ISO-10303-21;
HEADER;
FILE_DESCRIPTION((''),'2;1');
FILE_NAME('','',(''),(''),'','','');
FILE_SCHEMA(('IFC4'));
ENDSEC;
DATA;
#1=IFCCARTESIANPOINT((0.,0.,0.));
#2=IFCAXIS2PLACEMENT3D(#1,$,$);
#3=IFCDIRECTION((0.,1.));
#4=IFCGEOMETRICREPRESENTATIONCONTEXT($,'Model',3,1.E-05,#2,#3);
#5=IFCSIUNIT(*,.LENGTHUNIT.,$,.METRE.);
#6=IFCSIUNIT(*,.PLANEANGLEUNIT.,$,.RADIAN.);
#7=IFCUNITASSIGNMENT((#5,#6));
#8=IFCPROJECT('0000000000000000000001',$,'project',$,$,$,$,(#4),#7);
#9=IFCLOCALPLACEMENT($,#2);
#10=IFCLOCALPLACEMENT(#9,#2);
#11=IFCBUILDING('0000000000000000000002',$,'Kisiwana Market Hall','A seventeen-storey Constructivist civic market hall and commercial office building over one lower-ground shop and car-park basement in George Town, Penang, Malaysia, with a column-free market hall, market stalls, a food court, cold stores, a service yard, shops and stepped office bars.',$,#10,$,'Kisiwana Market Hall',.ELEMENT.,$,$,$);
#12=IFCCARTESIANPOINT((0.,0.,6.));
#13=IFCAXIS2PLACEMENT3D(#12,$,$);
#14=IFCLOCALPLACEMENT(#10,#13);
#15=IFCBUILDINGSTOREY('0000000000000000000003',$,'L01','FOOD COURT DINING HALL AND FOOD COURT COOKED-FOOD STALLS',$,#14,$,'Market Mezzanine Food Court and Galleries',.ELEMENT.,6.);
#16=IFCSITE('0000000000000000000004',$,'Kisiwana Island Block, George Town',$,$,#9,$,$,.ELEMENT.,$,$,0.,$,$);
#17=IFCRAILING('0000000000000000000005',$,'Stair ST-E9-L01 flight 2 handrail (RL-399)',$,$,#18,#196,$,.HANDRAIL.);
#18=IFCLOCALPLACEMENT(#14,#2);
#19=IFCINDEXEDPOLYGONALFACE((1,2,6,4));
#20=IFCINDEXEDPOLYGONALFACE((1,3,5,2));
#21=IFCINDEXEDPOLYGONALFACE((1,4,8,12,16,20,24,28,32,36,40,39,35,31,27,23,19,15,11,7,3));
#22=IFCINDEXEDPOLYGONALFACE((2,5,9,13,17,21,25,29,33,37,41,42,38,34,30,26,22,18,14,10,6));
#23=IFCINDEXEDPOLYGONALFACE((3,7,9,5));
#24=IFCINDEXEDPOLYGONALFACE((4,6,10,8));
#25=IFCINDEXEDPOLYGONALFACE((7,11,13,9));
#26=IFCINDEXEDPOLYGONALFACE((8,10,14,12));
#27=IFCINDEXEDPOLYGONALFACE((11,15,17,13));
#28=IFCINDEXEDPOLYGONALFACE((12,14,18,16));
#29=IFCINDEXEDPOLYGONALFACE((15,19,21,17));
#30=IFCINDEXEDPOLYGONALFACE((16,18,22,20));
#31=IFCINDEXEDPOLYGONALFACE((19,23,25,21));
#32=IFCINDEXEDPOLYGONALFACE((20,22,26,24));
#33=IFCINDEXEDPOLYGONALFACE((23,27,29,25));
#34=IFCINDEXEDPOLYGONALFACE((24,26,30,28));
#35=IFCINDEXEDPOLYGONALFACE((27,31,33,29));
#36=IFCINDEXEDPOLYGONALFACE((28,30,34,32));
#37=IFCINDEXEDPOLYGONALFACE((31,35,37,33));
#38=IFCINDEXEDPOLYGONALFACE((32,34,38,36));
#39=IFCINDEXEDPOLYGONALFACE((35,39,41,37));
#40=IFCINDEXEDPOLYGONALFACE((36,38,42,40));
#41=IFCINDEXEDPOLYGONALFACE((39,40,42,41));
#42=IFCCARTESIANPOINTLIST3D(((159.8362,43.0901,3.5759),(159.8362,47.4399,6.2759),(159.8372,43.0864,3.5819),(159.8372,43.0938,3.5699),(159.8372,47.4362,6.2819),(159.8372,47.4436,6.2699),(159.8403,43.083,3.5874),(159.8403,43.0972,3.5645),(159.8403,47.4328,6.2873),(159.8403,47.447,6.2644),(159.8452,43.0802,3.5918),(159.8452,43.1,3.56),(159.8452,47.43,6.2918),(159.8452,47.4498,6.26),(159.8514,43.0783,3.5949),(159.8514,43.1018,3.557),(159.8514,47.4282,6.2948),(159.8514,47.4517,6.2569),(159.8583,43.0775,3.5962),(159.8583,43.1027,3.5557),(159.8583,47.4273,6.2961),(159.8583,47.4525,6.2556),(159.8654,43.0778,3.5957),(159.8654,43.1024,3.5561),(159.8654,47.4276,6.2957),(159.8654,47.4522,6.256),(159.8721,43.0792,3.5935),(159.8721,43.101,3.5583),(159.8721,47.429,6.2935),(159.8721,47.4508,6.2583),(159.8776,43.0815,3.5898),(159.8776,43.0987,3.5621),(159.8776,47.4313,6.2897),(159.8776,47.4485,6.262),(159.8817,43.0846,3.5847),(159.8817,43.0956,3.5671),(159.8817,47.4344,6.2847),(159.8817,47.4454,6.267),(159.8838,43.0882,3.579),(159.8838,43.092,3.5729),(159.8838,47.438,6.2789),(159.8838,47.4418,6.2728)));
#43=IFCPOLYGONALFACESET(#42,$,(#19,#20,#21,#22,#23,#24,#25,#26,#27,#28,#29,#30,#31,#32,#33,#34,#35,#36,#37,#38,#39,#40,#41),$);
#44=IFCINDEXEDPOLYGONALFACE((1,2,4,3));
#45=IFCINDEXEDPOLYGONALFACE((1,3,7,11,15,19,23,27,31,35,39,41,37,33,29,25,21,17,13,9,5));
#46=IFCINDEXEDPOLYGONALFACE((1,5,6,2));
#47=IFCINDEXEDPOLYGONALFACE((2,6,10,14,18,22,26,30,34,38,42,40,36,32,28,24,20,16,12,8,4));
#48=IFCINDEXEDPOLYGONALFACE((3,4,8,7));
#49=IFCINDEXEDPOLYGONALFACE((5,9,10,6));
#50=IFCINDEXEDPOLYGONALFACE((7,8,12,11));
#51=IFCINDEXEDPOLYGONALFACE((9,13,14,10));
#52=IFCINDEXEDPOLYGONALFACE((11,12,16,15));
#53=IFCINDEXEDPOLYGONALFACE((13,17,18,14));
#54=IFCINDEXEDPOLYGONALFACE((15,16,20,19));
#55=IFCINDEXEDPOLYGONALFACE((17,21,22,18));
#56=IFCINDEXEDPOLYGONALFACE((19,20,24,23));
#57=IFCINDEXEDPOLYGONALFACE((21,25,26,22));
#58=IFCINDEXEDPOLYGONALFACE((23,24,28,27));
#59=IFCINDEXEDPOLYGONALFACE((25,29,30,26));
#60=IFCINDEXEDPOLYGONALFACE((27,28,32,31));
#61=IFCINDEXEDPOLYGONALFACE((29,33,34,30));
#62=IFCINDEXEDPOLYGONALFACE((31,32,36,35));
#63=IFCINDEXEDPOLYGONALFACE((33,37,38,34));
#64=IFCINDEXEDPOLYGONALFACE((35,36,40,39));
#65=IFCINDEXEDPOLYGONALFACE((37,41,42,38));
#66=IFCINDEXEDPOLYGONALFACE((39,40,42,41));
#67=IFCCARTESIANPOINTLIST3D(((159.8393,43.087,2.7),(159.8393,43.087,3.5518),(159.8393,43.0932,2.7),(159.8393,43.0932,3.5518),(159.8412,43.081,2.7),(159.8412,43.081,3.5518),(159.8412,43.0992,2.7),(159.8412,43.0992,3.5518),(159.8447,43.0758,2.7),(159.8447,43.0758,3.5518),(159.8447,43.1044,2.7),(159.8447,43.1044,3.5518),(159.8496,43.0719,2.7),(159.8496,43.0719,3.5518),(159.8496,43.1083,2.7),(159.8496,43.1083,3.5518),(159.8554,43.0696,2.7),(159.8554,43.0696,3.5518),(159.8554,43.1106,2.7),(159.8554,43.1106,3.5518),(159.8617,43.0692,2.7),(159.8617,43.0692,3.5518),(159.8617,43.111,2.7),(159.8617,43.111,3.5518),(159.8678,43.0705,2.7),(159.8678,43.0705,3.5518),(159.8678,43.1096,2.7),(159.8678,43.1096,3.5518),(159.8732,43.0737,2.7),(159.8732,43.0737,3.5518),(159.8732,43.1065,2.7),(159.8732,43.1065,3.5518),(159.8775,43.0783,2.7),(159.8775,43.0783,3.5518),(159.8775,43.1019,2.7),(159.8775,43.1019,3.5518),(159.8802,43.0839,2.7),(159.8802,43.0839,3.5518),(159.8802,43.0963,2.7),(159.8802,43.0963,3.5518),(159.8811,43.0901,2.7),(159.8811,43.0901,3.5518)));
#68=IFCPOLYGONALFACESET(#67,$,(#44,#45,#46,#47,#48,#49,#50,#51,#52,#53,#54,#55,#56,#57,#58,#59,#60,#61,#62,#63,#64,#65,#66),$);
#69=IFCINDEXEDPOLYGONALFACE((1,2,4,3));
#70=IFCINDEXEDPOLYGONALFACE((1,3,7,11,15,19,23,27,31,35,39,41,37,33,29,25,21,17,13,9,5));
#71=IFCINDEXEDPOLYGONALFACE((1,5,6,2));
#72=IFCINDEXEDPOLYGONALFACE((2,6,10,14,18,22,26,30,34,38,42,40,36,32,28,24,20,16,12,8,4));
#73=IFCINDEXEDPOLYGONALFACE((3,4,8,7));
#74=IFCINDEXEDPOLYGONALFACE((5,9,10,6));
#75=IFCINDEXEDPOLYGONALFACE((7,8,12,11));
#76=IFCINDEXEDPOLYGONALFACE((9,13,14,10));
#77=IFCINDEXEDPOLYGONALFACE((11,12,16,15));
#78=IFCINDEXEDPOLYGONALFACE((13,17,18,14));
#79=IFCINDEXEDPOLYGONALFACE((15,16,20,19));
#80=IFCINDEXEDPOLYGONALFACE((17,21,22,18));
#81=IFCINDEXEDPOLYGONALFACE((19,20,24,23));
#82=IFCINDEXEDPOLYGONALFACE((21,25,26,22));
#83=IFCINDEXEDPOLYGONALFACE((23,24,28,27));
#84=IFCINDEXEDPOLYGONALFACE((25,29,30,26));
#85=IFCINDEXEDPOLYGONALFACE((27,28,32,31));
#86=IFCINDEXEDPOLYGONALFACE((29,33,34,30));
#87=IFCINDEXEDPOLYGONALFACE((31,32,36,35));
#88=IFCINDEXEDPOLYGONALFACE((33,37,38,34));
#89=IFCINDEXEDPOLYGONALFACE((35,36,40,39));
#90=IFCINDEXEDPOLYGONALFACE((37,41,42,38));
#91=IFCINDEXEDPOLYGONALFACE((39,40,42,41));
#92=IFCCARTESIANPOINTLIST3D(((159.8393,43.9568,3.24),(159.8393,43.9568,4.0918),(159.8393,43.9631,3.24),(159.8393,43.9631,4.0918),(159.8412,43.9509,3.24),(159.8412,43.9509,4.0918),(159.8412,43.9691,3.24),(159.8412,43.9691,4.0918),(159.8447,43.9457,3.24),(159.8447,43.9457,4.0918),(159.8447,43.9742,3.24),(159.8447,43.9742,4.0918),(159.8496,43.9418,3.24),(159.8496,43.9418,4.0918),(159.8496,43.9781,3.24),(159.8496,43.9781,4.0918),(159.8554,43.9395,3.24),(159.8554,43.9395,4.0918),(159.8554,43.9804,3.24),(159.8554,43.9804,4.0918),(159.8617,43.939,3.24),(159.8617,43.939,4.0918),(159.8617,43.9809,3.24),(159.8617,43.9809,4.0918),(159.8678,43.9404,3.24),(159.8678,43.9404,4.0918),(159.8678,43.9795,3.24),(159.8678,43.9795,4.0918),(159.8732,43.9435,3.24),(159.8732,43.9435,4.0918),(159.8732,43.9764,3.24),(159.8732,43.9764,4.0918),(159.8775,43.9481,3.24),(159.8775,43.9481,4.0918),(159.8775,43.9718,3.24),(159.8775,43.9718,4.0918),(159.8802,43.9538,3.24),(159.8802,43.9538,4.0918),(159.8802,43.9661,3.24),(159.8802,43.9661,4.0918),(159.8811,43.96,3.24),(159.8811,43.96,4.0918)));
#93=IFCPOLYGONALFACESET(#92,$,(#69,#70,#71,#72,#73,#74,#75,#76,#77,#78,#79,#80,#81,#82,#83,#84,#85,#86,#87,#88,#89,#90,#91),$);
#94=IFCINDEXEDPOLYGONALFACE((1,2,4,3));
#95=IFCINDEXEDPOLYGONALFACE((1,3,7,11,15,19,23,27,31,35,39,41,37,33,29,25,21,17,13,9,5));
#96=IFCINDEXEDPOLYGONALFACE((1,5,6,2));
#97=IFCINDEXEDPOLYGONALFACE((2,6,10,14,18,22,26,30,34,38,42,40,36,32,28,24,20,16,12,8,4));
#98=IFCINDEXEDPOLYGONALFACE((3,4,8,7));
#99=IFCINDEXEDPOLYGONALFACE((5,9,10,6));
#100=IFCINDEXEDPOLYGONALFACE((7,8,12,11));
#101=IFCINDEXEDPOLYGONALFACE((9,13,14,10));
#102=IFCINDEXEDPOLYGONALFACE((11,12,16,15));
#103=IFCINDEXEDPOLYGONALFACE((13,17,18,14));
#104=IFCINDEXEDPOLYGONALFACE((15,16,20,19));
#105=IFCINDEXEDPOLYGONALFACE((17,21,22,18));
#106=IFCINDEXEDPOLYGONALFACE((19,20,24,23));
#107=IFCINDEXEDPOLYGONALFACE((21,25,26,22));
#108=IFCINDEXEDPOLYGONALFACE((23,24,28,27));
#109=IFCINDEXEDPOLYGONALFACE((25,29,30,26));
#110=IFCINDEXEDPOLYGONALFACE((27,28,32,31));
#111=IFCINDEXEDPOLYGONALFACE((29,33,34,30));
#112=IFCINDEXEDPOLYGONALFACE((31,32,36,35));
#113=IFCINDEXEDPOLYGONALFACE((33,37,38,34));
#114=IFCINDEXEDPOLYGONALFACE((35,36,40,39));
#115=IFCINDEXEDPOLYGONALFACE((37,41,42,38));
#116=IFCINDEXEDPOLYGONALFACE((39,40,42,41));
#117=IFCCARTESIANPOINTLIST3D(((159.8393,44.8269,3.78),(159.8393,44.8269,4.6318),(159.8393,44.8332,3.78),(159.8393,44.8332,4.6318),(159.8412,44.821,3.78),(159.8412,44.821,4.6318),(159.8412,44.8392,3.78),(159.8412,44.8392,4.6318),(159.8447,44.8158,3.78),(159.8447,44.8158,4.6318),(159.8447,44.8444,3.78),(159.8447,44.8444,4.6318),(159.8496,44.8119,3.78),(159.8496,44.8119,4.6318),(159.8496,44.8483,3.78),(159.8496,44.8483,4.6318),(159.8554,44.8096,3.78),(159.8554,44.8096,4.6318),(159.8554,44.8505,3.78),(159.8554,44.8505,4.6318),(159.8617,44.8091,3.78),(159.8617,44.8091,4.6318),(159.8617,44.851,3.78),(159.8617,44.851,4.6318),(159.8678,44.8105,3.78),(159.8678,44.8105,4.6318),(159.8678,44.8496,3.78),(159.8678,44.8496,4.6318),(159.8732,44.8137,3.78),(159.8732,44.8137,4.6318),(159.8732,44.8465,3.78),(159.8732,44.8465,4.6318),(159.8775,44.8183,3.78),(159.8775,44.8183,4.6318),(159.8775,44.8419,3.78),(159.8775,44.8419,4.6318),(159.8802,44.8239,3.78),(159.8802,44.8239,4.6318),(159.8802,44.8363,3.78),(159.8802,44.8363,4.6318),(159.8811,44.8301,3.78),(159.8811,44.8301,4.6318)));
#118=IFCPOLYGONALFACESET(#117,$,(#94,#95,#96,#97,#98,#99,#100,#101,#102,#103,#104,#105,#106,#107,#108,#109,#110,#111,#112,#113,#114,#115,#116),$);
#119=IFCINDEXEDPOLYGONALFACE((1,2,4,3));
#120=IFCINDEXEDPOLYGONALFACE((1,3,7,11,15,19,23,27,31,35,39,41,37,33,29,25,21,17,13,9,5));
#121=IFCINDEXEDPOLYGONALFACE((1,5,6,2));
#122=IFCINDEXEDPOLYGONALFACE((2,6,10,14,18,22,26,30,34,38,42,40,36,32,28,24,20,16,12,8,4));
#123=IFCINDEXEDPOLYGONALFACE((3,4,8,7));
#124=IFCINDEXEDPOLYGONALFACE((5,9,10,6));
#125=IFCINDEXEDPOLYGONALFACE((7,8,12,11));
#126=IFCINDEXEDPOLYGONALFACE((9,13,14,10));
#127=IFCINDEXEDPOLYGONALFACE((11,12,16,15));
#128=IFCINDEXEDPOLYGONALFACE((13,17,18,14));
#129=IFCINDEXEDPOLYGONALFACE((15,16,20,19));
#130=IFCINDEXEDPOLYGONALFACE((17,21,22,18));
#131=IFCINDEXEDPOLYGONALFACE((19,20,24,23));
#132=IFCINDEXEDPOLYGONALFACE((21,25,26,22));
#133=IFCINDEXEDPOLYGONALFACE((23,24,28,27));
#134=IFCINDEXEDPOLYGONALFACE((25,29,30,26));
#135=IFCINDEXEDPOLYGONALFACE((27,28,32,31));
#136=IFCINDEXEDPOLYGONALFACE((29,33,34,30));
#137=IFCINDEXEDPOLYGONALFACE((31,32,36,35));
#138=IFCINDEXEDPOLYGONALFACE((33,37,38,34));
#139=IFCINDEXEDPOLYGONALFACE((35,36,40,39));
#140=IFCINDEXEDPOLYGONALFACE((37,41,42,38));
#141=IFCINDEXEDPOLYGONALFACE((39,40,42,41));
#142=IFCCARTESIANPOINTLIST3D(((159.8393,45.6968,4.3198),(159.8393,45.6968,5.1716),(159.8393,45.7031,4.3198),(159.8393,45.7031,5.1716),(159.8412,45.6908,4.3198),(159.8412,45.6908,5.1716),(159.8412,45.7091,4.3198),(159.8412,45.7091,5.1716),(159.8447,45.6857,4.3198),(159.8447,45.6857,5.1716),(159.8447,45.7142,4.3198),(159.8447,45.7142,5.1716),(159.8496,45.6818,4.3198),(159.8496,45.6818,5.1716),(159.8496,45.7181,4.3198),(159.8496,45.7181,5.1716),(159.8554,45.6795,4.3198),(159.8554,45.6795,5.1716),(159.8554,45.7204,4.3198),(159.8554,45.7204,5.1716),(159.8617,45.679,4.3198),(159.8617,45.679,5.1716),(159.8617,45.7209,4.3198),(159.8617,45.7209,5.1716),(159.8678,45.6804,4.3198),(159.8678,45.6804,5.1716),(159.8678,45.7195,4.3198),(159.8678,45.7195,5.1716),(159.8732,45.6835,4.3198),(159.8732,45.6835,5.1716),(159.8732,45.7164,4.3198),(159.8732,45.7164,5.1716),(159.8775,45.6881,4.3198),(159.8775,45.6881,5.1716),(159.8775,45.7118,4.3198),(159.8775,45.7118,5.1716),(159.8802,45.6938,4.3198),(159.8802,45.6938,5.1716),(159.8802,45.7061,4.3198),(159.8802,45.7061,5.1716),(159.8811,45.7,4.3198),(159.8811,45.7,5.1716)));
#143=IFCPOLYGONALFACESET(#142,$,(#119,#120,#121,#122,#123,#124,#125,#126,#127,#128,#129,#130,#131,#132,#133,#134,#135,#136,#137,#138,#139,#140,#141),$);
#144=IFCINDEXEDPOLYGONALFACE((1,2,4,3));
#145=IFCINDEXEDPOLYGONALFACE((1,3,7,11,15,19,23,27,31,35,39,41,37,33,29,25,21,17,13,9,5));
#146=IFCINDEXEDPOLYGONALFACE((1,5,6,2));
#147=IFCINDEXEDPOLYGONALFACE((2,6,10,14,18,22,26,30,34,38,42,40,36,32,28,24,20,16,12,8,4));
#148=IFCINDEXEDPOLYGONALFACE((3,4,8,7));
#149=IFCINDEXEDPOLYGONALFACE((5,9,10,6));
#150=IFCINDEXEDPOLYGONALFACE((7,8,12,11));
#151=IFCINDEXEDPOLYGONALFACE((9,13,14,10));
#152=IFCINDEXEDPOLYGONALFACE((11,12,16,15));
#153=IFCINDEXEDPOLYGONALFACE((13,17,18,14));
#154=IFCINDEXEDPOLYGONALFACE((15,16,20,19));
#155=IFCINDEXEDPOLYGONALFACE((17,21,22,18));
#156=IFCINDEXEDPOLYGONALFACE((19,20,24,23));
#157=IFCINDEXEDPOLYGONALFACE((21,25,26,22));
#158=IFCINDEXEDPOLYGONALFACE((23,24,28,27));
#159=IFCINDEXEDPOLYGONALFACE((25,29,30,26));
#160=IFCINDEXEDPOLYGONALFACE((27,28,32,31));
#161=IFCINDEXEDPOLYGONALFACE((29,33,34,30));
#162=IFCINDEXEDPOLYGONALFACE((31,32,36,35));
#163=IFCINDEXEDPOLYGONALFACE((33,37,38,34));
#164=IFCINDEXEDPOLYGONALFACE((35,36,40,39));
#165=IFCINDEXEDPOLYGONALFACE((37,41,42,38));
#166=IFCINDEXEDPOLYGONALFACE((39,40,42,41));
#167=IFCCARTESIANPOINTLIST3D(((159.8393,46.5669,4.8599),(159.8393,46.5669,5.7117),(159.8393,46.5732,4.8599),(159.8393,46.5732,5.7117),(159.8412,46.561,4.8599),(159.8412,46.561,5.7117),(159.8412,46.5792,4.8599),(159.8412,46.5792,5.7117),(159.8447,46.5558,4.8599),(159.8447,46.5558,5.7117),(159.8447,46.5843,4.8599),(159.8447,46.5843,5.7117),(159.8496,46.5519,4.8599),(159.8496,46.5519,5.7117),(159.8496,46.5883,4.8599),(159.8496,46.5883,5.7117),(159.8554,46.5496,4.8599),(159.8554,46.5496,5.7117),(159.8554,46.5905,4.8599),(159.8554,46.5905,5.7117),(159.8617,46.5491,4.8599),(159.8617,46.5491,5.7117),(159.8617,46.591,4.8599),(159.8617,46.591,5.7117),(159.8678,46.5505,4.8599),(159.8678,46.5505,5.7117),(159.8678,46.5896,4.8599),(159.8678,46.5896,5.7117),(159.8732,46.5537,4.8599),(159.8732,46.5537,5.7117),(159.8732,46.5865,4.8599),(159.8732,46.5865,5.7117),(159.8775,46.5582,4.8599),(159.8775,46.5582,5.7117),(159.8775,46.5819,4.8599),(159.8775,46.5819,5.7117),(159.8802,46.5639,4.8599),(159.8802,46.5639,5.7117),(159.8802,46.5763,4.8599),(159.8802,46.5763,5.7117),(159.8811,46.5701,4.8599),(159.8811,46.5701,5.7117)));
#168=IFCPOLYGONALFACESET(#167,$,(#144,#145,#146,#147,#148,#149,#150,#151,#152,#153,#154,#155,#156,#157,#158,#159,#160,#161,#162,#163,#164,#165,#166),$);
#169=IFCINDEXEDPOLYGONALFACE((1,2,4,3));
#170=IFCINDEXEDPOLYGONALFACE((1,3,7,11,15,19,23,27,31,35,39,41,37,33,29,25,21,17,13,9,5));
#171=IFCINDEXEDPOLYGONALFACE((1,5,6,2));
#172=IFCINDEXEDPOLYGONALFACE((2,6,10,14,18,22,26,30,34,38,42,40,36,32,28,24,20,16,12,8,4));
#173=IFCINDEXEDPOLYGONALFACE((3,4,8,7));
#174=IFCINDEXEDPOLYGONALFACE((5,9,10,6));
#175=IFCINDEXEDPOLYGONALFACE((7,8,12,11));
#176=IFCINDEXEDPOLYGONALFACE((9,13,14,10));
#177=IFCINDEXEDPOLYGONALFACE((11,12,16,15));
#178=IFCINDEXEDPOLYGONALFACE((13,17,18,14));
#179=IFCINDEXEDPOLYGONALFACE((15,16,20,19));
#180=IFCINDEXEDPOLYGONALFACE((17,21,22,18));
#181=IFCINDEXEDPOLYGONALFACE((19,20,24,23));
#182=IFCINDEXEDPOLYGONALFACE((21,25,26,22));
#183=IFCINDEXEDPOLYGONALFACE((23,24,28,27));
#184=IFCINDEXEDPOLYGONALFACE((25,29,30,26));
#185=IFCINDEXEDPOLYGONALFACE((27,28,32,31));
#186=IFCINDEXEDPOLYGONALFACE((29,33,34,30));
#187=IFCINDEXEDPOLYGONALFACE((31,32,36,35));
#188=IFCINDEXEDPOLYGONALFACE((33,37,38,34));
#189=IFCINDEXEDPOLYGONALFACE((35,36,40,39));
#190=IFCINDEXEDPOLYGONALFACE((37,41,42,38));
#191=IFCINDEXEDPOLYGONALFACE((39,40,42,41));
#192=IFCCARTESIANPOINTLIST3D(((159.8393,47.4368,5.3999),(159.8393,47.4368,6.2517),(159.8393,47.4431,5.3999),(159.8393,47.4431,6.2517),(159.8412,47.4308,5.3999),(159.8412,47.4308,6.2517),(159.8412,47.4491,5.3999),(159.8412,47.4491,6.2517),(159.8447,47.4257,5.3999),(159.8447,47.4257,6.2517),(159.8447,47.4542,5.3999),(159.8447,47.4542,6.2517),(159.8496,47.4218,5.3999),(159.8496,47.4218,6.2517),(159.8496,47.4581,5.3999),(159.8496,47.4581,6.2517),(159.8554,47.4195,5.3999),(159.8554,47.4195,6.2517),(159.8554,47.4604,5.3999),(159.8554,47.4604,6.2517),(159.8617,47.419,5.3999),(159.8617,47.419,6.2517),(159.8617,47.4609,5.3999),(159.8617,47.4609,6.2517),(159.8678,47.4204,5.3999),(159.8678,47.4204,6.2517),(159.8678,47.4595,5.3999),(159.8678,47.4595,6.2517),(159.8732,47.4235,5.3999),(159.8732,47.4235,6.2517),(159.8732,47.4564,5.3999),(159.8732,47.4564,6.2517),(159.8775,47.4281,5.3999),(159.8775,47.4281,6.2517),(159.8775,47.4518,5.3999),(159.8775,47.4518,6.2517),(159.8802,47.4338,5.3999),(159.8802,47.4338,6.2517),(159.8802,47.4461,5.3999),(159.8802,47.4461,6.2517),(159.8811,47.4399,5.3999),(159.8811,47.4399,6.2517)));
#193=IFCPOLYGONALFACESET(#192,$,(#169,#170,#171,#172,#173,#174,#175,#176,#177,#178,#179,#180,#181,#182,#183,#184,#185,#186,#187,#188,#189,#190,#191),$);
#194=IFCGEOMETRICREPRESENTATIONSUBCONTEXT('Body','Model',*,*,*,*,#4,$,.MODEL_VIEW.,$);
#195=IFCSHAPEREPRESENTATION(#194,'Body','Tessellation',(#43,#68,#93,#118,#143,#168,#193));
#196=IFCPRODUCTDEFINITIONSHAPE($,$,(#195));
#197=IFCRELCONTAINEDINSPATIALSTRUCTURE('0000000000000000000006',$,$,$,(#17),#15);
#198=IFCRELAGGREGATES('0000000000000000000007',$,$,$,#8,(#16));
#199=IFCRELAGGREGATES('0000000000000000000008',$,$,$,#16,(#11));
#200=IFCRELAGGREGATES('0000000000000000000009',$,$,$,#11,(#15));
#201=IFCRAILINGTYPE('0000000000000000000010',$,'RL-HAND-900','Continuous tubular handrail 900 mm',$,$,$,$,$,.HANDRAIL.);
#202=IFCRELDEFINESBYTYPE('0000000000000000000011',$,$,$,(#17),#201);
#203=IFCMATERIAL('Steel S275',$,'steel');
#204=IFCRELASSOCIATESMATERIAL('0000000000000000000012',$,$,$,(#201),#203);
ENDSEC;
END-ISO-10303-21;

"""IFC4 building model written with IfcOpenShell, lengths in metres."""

from ifc_helpers import new_model, si_unit, direction, frame, origin, origin_2d, place, context, subcontext, project, spatial, circle, extrude, material, type_object, element, save


model = new_model("IFC4")

# Units and contexts
model_context = context("Model", 3, precision=1e-05, world=origin(), true_north=direction((0.0, 1.0)))
body_context = subcontext(model_context, "Body", "Model", "MODEL_VIEW")
ifc_project = project(units=[si_unit("LENGTHUNIT", "METRE"), si_unit("PLANEANGLEUNIT", "RADIAN")], contexts=[model_context])

# Site, building, storey
site_placement = place(None, origin())
site = spatial("IfcSite", under=ifc_project, at=site_placement, Name="Kisiwana Island Block, George Town", CompositionType="ELEMENT", RefElevation=0.0)
building_placement = place(site_placement, origin())
building = spatial("IfcBuilding", under=site, at=building_placement, Name="Kisiwana Market Hall", Description="A seventeen-storey Constructivist civic market hall and commercial office building over one lower-ground shop and car-park basement in George Town, Penang, Malaysia, with a column-free market hall, market stalls, a food court, cold stores, a service yard, shops and stepped office bars.", LongName="Kisiwana Market Hall", CompositionType="ELEMENT")
storey_placement = place(building_placement, frame((0.0, 0.0, 6.0)))
storey = spatial("IfcBuildingStorey", under=building, at=storey_placement, Name="L01", Description="FOOD COURT DINING HALL AND FOOD COURT COOKED-FOOD STALLS", LongName="Market Mezzanine Food Court and Galleries", CompositionType="ELEMENT", Elevation=6.0)

# Railing
ifc_material_1 = material(Name="Steel S275", Category="steel")
railing_type_1 = type_object("IfcRailingType", Name="RL-HAND-900", Description="Continuous tubular handrail 900 mm", PredefinedType="HANDRAIL", material=ifc_material_1)
railing_1_placement = place(storey_placement, frame((159.8601, 43.0901, 2.7)))
element("IfcRailing", 1, at=railing_1_placement, inside=storey, type_object=railing_type_1, Name="Stair ST-E9-L01 flight 2 handrail (RL-399)", PredefinedType="HANDRAIL", context=body_context, shape_type="SweptSolid", body=[
    extrude(circle(Radius=0.0239, at=origin_2d()), frame((0.0, 0.0, 0.876), z_axis=(0.0, 0.849636, 0.527369), x_axis=(-1.0, 0.0, 0.0)), (0.0, 0.0, 1.0), 5.1196),
    extrude(circle(Radius=0.021, at=origin_2d()), origin(), (0.0, 0.0, 1.0), 0.8518),
    extrude(circle(Radius=0.021, at=origin_2d()), frame((0.0, 0.8699, 0.54)), (0.0, 0.0, 1.0), 0.8518),
    extrude(circle(Radius=0.021, at=origin_2d()), frame((0.0, 1.74, 1.0801)), (0.0, 0.0, 1.0), 0.8518),
    extrude(circle(Radius=0.021, at=origin_2d()), frame((0.0, 2.6099, 1.6199)), (0.0, 0.0, 1.0), 0.8518),
    extrude(circle(Radius=0.021, at=origin_2d()), frame((0.0, 3.48, 2.1599)), (0.0, 0.0, 1.0), 0.8518),
    extrude(circle(Radius=0.021, at=origin_2d()), frame((0.0, 4.3499, 2.7)), (0.0, 0.0, 1.0), 0.8518),
])

save(model, "model.ifc")
